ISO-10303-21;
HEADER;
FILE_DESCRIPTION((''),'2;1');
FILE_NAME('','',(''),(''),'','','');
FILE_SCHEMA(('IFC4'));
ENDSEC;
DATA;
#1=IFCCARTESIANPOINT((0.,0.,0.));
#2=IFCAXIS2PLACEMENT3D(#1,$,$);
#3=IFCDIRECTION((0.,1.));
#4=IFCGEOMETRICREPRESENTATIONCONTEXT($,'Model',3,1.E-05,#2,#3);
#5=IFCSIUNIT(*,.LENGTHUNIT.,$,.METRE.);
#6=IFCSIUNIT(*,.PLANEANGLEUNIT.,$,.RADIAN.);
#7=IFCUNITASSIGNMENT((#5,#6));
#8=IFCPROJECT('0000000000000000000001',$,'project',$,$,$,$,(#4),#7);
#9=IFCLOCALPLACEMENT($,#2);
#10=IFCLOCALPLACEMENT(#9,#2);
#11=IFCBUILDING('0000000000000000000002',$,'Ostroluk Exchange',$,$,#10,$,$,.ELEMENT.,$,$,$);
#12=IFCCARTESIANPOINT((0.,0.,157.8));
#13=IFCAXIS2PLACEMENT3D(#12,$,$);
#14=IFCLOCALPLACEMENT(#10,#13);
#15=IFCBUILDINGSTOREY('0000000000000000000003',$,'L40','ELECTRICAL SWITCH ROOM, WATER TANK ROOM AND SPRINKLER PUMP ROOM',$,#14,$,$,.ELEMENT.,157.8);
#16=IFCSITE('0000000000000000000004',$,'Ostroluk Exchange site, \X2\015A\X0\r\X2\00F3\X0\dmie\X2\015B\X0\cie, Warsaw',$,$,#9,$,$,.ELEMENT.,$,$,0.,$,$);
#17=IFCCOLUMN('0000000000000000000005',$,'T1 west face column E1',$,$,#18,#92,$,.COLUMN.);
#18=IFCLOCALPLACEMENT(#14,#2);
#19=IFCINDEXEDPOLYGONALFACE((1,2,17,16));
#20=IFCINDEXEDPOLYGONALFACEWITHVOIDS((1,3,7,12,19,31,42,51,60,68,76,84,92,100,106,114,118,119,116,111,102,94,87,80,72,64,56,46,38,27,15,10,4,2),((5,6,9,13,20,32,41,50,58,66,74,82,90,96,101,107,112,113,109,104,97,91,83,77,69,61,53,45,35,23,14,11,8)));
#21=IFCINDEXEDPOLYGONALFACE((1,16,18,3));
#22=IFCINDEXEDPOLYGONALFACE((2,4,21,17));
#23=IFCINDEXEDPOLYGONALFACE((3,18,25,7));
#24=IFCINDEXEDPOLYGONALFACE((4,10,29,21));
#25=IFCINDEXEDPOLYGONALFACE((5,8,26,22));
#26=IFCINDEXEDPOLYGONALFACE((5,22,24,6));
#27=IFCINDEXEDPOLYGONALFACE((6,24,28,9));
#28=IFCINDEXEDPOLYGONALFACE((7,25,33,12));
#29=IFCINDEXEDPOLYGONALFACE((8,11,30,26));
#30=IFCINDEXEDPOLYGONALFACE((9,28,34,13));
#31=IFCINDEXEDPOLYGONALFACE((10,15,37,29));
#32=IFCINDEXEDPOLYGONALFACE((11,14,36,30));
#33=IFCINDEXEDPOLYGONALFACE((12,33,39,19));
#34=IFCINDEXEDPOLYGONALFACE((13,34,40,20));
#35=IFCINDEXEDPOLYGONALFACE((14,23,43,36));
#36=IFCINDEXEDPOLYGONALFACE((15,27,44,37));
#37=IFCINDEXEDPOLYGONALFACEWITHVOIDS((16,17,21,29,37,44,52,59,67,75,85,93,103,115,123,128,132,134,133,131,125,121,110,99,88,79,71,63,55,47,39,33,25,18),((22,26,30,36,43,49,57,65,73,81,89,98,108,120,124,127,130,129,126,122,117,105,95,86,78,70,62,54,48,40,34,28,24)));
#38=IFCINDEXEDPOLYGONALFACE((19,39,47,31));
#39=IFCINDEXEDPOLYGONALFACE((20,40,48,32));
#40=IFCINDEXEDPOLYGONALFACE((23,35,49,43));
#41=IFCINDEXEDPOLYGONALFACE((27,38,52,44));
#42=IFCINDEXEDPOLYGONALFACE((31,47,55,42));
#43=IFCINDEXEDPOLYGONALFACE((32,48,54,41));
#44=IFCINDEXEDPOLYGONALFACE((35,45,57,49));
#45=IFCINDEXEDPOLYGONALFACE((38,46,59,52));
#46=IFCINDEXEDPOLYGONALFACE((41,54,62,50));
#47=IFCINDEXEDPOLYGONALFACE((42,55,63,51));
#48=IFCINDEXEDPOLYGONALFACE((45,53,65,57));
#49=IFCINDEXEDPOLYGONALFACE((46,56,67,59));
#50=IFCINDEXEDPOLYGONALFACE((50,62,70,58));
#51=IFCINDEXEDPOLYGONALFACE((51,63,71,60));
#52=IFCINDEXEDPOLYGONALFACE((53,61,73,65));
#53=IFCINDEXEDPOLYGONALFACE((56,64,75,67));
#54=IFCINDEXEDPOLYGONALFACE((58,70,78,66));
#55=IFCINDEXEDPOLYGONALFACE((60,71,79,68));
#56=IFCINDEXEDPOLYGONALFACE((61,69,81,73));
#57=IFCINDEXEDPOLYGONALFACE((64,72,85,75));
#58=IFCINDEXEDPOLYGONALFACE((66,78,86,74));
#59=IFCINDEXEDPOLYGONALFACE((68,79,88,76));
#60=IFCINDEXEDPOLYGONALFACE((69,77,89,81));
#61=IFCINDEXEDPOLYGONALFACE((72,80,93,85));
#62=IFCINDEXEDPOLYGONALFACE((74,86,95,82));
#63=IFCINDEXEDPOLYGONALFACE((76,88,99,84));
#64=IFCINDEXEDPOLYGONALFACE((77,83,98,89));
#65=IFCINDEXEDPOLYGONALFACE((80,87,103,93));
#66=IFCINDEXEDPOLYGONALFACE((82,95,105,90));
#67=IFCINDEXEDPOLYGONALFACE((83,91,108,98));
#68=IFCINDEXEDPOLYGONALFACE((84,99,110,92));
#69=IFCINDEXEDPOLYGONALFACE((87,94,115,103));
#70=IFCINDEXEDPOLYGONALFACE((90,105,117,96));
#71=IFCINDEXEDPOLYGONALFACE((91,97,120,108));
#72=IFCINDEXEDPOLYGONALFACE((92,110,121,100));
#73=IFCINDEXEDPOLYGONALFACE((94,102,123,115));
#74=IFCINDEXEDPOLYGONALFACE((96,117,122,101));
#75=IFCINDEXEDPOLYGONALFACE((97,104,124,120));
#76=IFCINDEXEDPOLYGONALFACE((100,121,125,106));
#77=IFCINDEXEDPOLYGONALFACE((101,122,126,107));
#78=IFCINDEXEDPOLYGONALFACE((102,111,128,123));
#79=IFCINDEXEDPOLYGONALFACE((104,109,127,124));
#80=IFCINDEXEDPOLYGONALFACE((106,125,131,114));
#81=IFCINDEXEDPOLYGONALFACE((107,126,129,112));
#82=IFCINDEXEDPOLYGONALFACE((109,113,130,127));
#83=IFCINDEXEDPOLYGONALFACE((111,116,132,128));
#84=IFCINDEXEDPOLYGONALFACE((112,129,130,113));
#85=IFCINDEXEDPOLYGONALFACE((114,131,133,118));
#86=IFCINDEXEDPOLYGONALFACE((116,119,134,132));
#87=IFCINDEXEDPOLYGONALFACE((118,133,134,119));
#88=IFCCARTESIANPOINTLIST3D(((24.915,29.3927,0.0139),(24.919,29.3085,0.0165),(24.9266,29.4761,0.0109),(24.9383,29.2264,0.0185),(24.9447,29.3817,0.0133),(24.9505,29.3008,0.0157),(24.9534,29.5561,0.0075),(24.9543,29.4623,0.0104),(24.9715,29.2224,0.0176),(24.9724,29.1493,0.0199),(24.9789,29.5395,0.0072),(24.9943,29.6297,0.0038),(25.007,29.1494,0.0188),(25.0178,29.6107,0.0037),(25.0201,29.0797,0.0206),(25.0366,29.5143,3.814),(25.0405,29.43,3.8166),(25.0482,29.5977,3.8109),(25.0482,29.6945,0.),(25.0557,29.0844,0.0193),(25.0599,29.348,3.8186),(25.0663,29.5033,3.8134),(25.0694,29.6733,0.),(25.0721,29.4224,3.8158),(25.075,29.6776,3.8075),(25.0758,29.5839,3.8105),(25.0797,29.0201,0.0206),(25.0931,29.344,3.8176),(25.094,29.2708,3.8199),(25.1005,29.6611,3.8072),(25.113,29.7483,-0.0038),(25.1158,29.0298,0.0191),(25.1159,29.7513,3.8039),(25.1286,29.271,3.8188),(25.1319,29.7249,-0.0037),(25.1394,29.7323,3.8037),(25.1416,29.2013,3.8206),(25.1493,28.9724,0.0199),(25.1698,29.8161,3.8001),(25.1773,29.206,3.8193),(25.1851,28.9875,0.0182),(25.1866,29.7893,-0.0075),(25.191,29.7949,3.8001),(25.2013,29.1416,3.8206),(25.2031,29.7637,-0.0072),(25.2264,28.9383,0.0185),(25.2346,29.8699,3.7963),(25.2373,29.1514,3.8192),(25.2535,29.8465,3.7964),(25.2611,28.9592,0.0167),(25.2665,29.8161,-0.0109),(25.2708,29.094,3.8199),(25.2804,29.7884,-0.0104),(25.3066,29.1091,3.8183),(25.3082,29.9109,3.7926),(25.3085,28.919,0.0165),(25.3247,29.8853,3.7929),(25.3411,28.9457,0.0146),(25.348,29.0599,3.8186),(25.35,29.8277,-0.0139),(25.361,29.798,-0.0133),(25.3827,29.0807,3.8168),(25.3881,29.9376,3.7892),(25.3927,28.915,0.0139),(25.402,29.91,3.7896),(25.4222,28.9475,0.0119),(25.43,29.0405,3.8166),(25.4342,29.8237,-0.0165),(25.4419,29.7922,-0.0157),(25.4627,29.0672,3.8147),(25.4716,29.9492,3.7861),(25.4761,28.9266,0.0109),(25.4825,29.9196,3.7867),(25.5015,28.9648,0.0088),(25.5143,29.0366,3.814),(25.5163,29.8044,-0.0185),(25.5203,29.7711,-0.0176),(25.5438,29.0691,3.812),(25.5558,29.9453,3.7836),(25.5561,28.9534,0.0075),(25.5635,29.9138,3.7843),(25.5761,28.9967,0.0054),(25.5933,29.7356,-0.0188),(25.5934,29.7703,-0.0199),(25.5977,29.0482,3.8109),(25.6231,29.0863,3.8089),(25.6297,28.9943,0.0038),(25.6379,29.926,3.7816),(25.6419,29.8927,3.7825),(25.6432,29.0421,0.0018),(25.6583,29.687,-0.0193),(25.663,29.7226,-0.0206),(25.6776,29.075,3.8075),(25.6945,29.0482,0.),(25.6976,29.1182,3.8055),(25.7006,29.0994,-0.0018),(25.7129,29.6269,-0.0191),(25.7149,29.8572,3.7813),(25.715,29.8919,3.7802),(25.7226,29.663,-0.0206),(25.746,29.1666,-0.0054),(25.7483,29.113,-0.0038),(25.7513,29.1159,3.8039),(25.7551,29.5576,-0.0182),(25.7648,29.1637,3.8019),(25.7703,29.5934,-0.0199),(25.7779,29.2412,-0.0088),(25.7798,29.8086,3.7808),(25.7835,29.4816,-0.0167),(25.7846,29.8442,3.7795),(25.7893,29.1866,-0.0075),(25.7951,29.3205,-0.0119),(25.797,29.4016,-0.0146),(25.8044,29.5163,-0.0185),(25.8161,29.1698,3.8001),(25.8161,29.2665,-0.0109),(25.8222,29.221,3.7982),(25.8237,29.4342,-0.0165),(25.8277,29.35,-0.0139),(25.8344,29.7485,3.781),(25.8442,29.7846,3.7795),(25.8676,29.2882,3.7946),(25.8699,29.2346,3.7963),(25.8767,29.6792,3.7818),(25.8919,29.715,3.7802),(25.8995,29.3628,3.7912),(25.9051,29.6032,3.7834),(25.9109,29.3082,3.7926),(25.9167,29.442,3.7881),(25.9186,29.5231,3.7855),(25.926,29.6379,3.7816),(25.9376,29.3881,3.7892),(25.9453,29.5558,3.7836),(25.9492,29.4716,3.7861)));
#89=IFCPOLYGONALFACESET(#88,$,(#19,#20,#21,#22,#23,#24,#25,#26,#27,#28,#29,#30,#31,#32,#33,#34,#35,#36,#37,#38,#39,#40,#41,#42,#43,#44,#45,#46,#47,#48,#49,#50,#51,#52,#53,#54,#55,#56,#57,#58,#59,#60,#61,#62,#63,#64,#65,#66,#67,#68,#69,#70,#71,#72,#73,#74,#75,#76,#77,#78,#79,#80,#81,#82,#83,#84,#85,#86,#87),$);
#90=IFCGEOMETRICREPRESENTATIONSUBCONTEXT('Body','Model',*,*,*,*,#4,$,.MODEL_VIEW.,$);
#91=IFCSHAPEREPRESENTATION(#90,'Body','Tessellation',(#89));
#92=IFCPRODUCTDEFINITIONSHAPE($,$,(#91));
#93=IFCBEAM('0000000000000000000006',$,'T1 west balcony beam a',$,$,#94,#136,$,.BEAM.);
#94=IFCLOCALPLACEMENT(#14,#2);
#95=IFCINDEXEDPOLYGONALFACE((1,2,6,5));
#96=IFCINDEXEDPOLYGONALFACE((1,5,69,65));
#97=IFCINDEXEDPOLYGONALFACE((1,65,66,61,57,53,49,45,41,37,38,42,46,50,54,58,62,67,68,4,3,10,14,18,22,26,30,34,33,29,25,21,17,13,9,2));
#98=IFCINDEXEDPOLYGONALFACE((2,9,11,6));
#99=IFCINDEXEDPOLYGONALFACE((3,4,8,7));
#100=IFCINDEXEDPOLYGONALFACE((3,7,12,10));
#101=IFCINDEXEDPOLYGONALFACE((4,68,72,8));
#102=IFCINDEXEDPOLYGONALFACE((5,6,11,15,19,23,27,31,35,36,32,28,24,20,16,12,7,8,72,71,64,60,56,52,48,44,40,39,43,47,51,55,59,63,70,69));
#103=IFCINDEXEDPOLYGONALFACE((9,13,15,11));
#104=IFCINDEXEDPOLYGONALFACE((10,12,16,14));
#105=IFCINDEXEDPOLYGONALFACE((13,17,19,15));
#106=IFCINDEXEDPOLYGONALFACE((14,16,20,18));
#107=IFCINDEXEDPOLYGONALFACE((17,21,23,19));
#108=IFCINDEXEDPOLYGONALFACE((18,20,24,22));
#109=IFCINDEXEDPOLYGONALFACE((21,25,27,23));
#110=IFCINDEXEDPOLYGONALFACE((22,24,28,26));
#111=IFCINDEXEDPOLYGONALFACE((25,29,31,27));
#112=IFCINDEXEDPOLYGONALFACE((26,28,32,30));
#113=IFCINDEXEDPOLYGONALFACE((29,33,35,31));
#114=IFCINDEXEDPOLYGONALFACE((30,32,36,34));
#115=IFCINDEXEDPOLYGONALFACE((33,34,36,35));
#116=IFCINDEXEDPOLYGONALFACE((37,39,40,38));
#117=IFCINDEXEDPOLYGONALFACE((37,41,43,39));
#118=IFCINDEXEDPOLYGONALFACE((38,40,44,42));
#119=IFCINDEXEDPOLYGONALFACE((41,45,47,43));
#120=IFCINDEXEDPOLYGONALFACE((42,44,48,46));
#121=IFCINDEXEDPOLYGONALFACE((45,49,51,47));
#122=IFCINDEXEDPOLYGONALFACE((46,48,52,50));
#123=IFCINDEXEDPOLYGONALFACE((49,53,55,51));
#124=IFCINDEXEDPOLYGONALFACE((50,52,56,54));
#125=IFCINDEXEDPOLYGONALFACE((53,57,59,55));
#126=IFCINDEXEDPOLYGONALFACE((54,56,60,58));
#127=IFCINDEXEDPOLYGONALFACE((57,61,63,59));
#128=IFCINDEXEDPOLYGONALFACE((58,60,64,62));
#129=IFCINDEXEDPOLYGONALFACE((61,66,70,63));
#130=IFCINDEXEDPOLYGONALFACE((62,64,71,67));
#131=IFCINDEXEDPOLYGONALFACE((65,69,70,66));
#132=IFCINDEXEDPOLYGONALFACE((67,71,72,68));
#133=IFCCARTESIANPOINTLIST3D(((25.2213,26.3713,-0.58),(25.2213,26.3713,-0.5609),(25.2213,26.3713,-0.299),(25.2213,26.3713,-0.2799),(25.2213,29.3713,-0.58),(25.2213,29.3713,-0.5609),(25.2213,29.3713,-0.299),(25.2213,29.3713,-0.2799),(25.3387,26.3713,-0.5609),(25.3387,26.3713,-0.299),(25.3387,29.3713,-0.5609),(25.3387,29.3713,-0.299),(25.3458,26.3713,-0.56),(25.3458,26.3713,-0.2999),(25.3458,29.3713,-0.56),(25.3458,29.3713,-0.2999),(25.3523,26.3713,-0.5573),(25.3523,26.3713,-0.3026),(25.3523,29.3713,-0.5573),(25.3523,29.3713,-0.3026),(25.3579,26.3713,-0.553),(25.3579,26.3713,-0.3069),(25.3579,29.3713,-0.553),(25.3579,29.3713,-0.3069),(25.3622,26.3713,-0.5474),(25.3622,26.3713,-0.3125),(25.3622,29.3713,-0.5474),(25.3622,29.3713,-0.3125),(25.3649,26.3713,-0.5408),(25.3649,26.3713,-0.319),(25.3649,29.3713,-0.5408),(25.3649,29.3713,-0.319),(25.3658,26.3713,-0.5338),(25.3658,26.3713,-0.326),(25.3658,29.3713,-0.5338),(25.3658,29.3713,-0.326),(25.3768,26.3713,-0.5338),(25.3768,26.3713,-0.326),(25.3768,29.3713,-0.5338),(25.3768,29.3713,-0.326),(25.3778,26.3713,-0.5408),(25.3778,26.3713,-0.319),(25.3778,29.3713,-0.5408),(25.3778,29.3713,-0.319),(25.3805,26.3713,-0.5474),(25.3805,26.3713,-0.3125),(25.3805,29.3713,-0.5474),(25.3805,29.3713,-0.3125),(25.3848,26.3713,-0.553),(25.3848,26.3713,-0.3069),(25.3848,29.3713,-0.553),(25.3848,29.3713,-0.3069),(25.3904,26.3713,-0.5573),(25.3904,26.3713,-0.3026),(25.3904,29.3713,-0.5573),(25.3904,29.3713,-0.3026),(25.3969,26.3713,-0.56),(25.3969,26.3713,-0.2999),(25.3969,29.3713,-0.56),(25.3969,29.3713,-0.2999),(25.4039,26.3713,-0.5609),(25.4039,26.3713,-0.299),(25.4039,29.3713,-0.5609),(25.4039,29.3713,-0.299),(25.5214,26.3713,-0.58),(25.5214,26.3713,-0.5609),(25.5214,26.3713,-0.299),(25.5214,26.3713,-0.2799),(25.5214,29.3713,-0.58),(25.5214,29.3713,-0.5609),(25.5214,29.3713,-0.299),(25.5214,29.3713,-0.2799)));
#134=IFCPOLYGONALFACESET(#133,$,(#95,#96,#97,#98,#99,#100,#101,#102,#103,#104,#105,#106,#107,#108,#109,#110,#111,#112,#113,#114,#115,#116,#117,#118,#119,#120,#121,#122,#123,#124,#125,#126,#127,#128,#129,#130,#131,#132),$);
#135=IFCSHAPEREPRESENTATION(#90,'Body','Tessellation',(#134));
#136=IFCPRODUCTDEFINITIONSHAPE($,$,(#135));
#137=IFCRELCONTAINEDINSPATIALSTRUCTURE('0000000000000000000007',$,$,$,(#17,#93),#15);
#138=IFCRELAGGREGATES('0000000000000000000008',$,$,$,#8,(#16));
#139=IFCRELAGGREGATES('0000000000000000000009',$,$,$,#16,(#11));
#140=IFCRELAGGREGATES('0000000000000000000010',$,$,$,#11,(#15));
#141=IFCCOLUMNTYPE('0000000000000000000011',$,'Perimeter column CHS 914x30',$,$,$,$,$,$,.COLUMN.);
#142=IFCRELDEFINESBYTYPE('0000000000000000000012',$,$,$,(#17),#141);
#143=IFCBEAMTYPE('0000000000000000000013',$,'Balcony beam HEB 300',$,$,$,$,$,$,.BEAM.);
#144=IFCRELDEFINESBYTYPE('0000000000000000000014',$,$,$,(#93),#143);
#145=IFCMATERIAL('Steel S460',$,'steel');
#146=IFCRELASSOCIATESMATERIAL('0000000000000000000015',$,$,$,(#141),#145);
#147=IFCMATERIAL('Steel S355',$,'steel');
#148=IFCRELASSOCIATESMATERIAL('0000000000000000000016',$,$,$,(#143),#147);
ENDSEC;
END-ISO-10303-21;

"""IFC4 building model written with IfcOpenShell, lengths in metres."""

from ifc_helpers import new_model, si_unit, direction, frame, origin, origin_2d, place, context, subcontext, project, spatial, hollow_circle, i_section, extrude, material, material_profile, profile_set, type_object, element, save


model = new_model("IFC4")

# Units and contexts
model_context = context("Model", 3, precision=1e-05, world=origin(), true_north=direction((0.0, 1.0)))
body_context = subcontext(model_context, "Body", "Model", "MODEL_VIEW")
ifc_project = project(units=[si_unit("LENGTHUNIT", "METRE"), si_unit("PLANEANGLEUNIT", "RADIAN")], contexts=[model_context])

# Site, building, storey
site_placement = place(None, origin())
site = spatial("IfcSite", under=ifc_project, at=site_placement, Name="Ostroluk Exchange site, Śródmieście, Warsaw", CompositionType="ELEMENT", RefElevation=0.0)
building_placement = place(site_placement, origin())
building = spatial("IfcBuilding", under=site, at=building_placement, Name="Ostroluk Exchange", CompositionType="ELEMENT")
storey_placement = place(building_placement, frame((0.0, 0.0, 157.8)))
storey = spatial("IfcBuildingStorey", under=building, at=storey_placement, Name="L40", Description="ELECTRICAL SWITCH ROOM, WATER TANK ROOM AND SPRINKLER PUMP ROOM", CompositionType="ELEMENT", Elevation=157.8)

# Column
ifc_material_1 = material(Name="Steel S460", Category="steel")
ifc_material_profile_1 = material_profile(ifc_material_1, hollow_circle(Radius=0.457, WallThickness=0.03, at=origin_2d()), Name="CHS 914x30")
ifc_profile_set_1 = profile_set([ifc_material_profile_1], Name="Steel S460")
column_type = type_object("IfcColumnType", Name="Perimeter column CHS 914x30", PredefinedType="COLUMN", material=ifc_profile_set_1)
column_placement = place(storey_placement, frame((25.3713, 29.3713, 0.0), z_axis=(0.031962, 0.031962, 0.998978), x_axis=(-0.707107, 0.707107, 0.0)))
element("IfcColumn", 1, at=column_placement, inside=storey, type_object=column_type, Name="T1 west face column E1", PredefinedType="COLUMN", context=body_context, shape_type="SweptSolid", body=[
    extrude(hollow_circle(Radius=0.457, WallThickness=0.03, at=origin_2d()), origin(), (0.0, 0.0, 1.0), 3.804),
])

# Beam
ifc_material_2 = material(Name="Steel S355", Category="steel")
ifc_material_profile_2 = material_profile(ifc_material_2, i_section(OverallWidth=0.3, OverallDepth=0.3, WebThickness=0.011, FlangeThickness=0.019, FilletRadius=0.0271, at=origin_2d()), Name="HEB 300")
ifc_profile_set_2 = profile_set([ifc_material_profile_2], Name="Steel S355")
beam_type = type_object("IfcBeamType", Name="Balcony beam HEB 300", PredefinedType="BEAM", material=ifc_profile_set_2)
beam_placement = place(storey_placement, frame((25.3713, 29.3713, -0.4299), z_axis=(0.0, -1.0, 0.0), x_axis=(1.0, 0.0, 0.0)))
element("IfcBeam", 2, at=beam_placement, inside=storey, type_object=beam_type, Name="T1 west balcony beam a", PredefinedType="BEAM", context=body_context, shape_type="SweptSolid", body=[
    extrude(i_section(OverallWidth=0.3, OverallDepth=0.3, WebThickness=0.011, FlangeThickness=0.019, FilletRadius=0.0271, at=origin_2d()), origin(), (0.0, 0.0, 1.0), 3.0),
])

save(model, "model.ifc")
